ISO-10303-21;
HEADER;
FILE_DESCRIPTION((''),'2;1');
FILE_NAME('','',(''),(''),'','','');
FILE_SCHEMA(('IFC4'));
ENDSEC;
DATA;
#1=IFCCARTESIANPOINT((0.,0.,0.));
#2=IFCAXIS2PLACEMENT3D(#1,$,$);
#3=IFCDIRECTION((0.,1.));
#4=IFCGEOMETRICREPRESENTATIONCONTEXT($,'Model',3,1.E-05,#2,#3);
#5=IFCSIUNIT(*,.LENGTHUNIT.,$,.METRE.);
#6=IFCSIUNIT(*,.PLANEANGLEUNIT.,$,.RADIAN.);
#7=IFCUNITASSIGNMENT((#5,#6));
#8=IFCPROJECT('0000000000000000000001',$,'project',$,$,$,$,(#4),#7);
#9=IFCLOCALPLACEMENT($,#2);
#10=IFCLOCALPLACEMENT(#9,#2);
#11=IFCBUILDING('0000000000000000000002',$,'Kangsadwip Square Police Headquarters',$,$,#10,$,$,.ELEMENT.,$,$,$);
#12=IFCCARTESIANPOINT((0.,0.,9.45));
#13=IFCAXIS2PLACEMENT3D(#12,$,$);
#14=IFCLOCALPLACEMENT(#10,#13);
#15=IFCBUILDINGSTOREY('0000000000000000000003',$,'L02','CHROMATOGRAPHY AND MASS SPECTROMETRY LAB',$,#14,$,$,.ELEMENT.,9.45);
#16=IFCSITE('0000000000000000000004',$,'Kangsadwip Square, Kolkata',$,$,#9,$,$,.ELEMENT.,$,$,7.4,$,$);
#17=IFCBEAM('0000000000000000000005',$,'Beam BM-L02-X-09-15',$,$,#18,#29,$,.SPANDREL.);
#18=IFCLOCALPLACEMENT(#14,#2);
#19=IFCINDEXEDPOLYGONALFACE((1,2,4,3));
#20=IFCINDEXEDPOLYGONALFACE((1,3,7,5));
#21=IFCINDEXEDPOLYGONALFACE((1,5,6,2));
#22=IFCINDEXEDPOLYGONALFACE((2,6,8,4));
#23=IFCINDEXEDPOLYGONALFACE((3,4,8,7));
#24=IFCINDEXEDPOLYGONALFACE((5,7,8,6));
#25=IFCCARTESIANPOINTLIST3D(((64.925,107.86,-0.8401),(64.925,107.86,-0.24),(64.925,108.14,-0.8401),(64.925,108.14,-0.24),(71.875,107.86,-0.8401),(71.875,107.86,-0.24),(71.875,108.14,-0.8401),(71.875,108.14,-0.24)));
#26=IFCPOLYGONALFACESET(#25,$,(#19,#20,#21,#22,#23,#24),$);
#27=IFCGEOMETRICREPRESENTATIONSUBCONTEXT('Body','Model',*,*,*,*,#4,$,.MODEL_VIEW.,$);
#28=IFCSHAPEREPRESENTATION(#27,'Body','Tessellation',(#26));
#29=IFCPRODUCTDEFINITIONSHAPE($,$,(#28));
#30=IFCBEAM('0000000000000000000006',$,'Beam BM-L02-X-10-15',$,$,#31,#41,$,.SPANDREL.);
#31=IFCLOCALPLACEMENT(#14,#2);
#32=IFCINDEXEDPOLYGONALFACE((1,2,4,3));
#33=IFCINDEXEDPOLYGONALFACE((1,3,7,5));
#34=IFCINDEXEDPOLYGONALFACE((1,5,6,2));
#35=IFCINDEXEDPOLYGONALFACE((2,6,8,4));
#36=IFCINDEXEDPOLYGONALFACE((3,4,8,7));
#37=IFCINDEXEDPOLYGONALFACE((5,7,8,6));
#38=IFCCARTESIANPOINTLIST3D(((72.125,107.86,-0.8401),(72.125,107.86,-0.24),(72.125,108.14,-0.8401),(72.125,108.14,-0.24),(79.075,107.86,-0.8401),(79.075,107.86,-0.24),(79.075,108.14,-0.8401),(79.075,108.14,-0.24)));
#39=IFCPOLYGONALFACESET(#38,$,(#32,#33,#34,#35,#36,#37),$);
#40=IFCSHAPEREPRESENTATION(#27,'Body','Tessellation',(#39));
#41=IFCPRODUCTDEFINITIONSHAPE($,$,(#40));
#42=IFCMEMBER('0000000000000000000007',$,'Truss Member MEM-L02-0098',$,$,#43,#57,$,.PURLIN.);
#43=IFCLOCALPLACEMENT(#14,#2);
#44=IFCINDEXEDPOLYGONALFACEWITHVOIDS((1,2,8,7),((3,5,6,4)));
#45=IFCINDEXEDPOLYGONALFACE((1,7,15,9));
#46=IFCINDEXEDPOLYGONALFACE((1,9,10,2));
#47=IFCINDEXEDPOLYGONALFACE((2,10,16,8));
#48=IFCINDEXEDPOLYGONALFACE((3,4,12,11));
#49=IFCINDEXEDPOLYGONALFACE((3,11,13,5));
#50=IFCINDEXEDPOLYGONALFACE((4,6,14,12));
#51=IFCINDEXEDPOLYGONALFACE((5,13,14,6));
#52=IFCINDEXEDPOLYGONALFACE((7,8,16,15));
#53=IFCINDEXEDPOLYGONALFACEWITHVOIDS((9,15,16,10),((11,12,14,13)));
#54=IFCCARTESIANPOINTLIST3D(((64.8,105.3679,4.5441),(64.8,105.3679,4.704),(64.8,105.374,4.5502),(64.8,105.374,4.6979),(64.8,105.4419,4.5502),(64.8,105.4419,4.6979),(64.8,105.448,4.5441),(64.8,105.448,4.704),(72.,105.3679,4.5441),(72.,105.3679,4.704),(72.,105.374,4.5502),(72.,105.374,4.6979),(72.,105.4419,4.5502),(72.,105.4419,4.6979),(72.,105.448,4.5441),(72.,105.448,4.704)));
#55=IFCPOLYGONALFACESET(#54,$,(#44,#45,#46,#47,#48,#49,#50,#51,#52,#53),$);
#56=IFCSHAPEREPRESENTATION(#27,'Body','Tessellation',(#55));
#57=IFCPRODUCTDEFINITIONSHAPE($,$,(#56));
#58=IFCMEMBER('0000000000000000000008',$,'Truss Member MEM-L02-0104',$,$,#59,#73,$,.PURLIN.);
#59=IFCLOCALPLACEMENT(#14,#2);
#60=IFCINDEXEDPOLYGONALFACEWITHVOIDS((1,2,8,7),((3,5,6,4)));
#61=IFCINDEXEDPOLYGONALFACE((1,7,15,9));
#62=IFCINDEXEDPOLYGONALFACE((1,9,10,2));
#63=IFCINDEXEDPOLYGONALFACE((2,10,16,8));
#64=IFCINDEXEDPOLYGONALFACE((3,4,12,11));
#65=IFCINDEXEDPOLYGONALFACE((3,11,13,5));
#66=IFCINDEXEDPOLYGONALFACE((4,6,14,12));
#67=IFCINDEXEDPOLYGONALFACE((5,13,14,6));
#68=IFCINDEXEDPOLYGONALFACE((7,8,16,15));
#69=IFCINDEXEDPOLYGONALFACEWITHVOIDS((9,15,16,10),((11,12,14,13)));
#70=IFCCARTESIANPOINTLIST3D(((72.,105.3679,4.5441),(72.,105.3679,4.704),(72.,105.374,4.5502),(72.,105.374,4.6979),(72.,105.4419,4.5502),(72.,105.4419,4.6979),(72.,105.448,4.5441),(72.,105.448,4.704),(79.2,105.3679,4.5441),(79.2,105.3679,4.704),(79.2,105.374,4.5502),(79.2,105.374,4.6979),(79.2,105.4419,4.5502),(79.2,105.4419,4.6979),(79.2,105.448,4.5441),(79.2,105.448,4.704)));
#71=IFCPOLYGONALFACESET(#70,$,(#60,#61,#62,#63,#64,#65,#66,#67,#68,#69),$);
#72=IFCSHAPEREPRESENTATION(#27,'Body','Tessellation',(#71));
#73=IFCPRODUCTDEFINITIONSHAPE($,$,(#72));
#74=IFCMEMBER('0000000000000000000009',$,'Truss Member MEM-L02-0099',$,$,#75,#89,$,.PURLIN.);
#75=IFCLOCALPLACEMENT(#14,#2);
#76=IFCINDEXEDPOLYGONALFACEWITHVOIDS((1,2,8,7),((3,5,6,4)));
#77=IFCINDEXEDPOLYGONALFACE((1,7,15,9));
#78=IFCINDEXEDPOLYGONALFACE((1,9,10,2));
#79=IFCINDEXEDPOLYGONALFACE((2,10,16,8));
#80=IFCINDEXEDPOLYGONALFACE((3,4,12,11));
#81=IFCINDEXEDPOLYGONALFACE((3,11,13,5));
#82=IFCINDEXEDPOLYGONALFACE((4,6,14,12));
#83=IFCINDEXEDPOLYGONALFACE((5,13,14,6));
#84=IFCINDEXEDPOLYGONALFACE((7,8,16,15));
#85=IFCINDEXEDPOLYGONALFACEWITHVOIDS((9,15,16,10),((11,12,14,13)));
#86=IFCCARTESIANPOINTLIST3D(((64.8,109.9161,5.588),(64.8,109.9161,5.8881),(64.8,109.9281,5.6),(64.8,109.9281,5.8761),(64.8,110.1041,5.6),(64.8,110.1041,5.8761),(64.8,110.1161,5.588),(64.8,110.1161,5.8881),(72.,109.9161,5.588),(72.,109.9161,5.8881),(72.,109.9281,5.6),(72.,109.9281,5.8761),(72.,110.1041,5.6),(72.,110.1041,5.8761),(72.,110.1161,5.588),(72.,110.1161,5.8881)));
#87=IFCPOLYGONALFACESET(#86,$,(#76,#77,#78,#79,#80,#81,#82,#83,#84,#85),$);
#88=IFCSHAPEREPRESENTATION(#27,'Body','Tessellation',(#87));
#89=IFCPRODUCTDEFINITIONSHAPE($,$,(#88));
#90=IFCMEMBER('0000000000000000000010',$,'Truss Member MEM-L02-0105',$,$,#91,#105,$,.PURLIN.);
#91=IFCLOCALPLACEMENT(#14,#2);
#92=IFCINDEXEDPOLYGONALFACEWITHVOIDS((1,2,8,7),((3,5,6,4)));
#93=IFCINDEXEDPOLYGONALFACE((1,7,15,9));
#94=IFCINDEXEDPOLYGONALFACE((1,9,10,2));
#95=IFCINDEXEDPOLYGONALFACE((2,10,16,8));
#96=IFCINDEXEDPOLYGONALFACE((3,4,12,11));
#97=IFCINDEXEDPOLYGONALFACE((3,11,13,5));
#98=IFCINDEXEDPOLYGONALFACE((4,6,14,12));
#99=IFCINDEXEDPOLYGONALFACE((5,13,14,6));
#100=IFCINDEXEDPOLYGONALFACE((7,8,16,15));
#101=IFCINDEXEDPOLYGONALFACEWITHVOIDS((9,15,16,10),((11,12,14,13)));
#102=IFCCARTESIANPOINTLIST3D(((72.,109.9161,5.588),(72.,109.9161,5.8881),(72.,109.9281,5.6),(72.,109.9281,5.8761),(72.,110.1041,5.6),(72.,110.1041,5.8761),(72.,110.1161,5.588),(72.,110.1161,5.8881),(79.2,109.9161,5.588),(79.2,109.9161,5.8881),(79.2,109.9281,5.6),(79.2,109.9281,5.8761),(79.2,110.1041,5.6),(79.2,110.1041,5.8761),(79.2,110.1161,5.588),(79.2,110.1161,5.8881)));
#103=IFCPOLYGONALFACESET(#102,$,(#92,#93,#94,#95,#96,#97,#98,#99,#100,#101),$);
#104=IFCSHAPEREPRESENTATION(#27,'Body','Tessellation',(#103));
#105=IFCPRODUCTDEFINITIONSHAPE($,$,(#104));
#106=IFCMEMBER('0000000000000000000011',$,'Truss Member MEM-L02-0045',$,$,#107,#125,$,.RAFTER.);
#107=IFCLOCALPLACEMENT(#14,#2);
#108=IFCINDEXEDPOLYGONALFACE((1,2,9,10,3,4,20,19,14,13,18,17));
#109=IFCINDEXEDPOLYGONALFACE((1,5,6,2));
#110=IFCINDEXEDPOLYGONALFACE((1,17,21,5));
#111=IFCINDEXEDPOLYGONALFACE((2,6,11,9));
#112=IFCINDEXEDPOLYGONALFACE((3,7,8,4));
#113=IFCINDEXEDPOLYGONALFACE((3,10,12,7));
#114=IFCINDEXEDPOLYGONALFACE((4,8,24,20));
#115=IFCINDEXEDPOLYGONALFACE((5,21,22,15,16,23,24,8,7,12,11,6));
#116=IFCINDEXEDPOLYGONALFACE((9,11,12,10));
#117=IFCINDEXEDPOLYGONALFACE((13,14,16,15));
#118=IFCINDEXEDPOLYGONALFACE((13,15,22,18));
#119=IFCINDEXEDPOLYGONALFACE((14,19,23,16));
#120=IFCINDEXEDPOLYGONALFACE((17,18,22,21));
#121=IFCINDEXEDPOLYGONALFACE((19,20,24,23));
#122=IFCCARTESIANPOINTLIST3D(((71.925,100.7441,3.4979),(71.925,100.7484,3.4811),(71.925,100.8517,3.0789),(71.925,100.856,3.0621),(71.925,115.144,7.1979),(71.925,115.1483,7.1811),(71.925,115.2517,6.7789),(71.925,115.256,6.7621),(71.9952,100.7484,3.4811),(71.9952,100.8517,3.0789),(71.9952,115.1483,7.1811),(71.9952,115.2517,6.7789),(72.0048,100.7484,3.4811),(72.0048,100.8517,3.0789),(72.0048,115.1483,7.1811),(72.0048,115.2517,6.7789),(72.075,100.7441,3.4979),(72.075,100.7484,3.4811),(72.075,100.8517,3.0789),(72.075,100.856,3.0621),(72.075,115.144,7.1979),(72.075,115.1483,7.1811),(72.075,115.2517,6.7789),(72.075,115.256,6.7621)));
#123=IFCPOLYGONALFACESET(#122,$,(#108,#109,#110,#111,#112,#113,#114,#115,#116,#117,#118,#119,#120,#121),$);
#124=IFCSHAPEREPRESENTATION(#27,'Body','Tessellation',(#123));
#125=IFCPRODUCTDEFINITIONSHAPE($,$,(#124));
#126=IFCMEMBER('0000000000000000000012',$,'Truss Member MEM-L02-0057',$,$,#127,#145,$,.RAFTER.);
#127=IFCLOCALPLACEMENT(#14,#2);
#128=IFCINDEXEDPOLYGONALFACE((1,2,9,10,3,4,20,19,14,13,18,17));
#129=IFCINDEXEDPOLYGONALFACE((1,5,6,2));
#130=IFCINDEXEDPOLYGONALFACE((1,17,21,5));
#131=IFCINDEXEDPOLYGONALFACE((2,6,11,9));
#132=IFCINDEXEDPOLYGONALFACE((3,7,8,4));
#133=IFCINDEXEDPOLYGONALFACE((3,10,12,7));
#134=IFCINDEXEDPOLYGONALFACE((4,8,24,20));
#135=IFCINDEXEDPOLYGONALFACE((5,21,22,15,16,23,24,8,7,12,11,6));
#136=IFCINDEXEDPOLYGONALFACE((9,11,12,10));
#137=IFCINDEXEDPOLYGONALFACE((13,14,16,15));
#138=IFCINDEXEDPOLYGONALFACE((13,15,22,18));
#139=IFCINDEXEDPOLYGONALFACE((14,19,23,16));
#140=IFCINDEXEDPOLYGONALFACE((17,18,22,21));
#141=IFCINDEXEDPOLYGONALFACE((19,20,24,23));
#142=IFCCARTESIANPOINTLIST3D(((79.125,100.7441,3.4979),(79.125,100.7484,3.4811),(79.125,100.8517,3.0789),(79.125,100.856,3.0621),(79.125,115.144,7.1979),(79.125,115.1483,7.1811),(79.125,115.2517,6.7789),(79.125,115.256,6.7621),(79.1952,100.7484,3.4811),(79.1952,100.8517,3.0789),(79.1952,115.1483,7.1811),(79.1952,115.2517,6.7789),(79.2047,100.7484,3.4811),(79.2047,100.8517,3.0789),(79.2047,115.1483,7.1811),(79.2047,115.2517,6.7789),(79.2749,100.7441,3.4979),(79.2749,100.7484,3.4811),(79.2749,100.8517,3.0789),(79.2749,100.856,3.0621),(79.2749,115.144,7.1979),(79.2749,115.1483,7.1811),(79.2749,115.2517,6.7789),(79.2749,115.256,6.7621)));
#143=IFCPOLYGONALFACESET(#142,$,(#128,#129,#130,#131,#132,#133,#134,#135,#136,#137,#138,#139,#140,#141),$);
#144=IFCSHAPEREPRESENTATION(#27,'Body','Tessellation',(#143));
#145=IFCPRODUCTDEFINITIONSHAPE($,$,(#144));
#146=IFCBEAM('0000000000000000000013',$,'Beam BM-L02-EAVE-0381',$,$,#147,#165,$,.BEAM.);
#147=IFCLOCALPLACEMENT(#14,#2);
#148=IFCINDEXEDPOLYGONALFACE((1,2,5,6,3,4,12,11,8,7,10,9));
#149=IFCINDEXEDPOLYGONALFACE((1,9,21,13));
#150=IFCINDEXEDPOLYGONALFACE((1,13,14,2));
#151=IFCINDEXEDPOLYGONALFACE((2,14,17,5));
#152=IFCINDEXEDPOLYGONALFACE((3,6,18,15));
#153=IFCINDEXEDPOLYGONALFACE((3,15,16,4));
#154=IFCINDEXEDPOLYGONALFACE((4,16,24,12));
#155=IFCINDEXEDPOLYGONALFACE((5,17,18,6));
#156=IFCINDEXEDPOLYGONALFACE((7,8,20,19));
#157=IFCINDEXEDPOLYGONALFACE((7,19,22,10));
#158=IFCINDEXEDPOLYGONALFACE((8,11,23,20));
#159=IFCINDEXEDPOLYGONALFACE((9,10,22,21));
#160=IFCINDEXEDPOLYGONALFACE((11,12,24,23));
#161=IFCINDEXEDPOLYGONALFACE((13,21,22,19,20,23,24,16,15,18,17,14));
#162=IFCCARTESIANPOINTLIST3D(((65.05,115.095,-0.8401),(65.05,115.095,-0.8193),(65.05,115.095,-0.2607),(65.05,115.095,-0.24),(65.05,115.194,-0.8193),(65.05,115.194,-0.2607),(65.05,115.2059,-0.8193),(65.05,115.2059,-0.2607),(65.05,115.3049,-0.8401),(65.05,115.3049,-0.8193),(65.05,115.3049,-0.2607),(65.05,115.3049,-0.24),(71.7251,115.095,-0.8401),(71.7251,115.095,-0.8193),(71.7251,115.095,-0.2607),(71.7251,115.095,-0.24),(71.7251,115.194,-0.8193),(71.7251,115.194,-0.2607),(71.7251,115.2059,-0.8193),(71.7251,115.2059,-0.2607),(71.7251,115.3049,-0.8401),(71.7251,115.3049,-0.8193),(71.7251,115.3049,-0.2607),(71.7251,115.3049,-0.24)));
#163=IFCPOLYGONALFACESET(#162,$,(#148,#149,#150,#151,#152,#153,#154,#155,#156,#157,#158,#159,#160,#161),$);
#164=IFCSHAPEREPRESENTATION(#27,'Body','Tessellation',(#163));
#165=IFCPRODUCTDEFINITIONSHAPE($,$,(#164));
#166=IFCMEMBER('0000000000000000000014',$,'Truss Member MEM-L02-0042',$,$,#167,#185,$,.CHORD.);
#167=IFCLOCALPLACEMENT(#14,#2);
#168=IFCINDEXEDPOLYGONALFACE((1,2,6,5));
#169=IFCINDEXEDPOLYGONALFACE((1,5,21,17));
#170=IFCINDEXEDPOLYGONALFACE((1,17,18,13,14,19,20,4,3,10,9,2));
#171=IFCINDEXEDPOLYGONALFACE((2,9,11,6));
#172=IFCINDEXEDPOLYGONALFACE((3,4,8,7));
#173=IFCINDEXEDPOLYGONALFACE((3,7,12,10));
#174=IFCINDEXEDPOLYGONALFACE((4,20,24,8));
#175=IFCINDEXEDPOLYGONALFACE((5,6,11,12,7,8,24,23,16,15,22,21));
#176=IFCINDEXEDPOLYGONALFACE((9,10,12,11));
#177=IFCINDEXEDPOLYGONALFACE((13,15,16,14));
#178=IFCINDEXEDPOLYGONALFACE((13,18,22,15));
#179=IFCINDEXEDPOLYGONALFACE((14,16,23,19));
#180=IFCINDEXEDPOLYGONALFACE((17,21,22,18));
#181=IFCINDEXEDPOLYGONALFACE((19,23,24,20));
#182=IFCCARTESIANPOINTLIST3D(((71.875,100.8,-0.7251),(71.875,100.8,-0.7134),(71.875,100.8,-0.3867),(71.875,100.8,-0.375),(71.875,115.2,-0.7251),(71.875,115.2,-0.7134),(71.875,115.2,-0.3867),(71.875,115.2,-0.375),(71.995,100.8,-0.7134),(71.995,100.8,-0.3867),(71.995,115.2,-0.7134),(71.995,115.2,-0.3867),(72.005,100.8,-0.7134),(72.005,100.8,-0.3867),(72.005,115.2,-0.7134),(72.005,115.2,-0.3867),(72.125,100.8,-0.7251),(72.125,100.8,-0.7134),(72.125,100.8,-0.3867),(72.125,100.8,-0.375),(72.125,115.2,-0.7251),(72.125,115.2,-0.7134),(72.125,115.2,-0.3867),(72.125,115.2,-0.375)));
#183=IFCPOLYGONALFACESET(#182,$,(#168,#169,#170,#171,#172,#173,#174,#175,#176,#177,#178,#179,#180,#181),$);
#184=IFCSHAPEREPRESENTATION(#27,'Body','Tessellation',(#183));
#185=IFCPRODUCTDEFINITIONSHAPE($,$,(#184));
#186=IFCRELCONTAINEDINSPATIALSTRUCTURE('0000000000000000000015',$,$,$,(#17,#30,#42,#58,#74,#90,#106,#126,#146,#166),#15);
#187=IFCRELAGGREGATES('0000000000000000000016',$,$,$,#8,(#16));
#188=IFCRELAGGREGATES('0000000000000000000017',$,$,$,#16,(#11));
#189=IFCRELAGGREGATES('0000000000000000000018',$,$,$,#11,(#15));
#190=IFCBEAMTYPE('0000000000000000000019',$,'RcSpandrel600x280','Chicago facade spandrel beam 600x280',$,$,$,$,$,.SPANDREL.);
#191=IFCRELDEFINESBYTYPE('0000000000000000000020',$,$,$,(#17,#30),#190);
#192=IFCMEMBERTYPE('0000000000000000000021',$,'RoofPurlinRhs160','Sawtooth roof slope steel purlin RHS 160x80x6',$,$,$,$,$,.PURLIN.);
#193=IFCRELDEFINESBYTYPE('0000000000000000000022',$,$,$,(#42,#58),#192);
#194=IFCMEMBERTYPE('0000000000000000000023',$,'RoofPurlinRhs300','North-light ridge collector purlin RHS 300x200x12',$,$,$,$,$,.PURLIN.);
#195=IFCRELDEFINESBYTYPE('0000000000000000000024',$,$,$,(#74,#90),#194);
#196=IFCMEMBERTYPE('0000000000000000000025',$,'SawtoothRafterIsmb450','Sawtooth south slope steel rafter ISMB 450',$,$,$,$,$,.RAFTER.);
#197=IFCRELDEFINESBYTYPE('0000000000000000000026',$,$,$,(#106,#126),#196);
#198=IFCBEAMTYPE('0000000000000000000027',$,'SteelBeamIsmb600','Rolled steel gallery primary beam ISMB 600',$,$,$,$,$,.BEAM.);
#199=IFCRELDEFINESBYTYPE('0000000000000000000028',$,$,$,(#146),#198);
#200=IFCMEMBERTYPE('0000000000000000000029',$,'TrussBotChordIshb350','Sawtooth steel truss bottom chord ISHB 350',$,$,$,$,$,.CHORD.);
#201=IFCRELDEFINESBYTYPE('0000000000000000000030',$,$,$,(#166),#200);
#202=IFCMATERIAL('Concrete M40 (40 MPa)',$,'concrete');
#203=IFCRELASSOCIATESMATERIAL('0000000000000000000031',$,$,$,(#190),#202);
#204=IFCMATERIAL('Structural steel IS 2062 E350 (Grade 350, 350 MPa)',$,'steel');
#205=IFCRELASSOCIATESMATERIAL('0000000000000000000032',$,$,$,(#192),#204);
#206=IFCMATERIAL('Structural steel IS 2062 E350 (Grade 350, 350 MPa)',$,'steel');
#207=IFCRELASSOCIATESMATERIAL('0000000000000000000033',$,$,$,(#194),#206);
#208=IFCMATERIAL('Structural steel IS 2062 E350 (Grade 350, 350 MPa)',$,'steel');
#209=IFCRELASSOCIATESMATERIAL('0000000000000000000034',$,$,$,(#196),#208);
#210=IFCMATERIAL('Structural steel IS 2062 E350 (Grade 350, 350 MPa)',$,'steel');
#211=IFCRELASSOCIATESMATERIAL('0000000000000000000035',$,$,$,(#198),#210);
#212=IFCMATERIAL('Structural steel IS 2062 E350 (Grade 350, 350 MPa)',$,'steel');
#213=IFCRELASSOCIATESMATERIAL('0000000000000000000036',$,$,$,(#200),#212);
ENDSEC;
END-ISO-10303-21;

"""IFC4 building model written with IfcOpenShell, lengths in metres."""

from ifc_helpers import new_model, si_unit, direction, frame, origin, origin_2d, place, context, subcontext, project, spatial, rectangle, hollow_rectangle, i_section, extrude, material, material_profile, profile_set, type_object, element, save


model = new_model("IFC4")

# Units and contexts
model_context = context("Model", 3, precision=1e-05, world=origin(), true_north=direction((0.0, 1.0)))
body_context = subcontext(model_context, "Body", "Model", "MODEL_VIEW")
ifc_project = project(units=[si_unit("LENGTHUNIT", "METRE"), si_unit("PLANEANGLEUNIT", "RADIAN")], contexts=[model_context])

# Site, building, storey
site_placement = place(None, origin())
site = spatial("IfcSite", under=ifc_project, at=site_placement, Name="Kangsadwip Square, Kolkata", CompositionType="ELEMENT", RefElevation=7.4)
building_placement = place(site_placement, origin())
building = spatial("IfcBuilding", under=site, at=building_placement, Name="Kangsadwip Square Police Headquarters", CompositionType="ELEMENT")
storey_placement = place(building_placement, frame((0.0, 0.0, 9.45)))
storey = spatial("IfcBuildingStorey", under=building, at=storey_placement, Name="L02", Description="CHROMATOGRAPHY AND MASS SPECTROMETRY LAB", CompositionType="ELEMENT", Elevation=9.45)

# Beams
ifc_material_1 = material(Name="Concrete M40 (40 MPa)", Category="concrete")
ifc_material_profile_1 = material_profile(ifc_material_1, rectangle(XDim=0.28, YDim=0.6001, at=origin_2d()), Name="RC SPN 600X280")
ifc_profile_set_1 = profile_set([ifc_material_profile_1], Name="Concrete M40 (40 MPa)")
beam_type_1 = type_object("IfcBeamType", Name="RcSpandrel600x280", Description="Chicago facade spandrel beam 600x280", PredefinedType="SPANDREL", material=ifc_profile_set_1)
for number, where, z_axis, x_axis, name in (
    (1, (64.925, 108.0, -0.54), (1.0, 0.0, 0.0), (0.0, 1.0, 0.0), "Beam BM-L02-X-09-15"),
    (2, (72.125, 108.0, -0.54), (1.0, 0.0, 0.0), (0.0, 1.0, 0.0), "Beam BM-L02-X-10-15"),
):
    element("IfcBeam", number, at=place(storey_placement, frame(where, z_axis=z_axis, x_axis=x_axis)), inside=storey, type_object=beam_type_1, Name=name, PredefinedType="SPANDREL", context=body_context, shape_type="SweptSolid", body=[
        extrude(rectangle(XDim=0.28, YDim=0.6001, at=origin_2d()), origin(), (0.0, 0.0, 1.0), 6.95),
    ])

# Members
ifc_material_2 = material(Name="Structural steel IS 2062 E350 (Grade 350, 350 MPa)", Category="steel")
ifc_material_profile_2 = material_profile(ifc_material_2, hollow_rectangle(XDim=0.0801, YDim=0.1599, WallThickness=0.0061, at=origin_2d()), Name="RHS 160X80X6")
ifc_profile_set_2 = profile_set([ifc_material_profile_2], Name="Structural steel IS 2062 E350 (Grade 350, 350 MPa)")
member_type_1 = type_object("IfcMemberType", Name="RoofPurlinRhs160", Description="Sawtooth roof slope steel purlin RHS 160x80x6", PredefinedType="PURLIN", material=ifc_profile_set_2)
for number, where, z_axis, x_axis, name in (
    (3, (64.8, 105.408, 4.624), (1.0, 0.0, 0.0), (0.0, 1.0, 0.0), "Truss Member MEM-L02-0098"),
    (4, (72.0, 105.408, 4.624), (1.0, 0.0, 0.0), (0.0, 1.0, 0.0), "Truss Member MEM-L02-0104"),
):
    element("IfcMember", number, at=place(storey_placement, frame(where, z_axis=z_axis, x_axis=x_axis)), inside=storey, type_object=member_type_1, Name=name, PredefinedType="PURLIN", context=body_context, shape_type="SweptSolid", body=[
        extrude(hollow_rectangle(XDim=0.0801, YDim=0.1599, WallThickness=0.0061, at=origin_2d()), origin(), (0.0, 0.0, 1.0), 7.2),
    ])
ifc_material_3 = material(Name="Structural steel IS 2062 E350 (Grade 350, 350 MPa)", Category="steel")
ifc_material_profile_3 = material_profile(ifc_material_3, hollow_rectangle(XDim=0.2, YDim=0.3, WallThickness=0.012, at=origin_2d()), Name="RHS 300X200X12")
ifc_profile_set_3 = profile_set([ifc_material_profile_3], Name="Structural steel IS 2062 E350 (Grade 350, 350 MPa)")
member_type_2 = type_object("IfcMemberType", Name="RoofPurlinRhs300", Description="North-light ridge collector purlin RHS 300x200x12", PredefinedType="PURLIN", material=ifc_profile_set_3)
for number, where, z_axis, x_axis, name in (
    (5, (64.8, 110.0161, 5.738), (1.0, 0.0, 0.0), (0.0, 1.0, 0.0), "Truss Member MEM-L02-0099"),
    (6, (72.0, 110.0161, 5.738), (1.0, 0.0, 0.0), (0.0, 1.0, 0.0), "Truss Member MEM-L02-0105"),
):
    element("IfcMember", number, at=place(storey_placement, frame(where, z_axis=z_axis, x_axis=x_axis)), inside=storey, type_object=member_type_2, Name=name, PredefinedType="PURLIN", context=body_context, shape_type="SweptSolid", body=[
        extrude(hollow_rectangle(XDim=0.2, YDim=0.3, WallThickness=0.012, at=origin_2d()), origin(), (0.0, 0.0, 1.0), 7.2),
    ])
ifc_material_4 = material(Name="Structural steel IS 2062 E350 (Grade 350, 350 MPa)", Category="steel")
ifc_material_profile_4 = material_profile(ifc_material_4, i_section(OverallWidth=0.1499, OverallDepth=0.45, WebThickness=0.0095, FlangeThickness=0.0173, at=origin_2d()), Name="ISMB 450")
ifc_profile_set_4 = profile_set([ifc_material_profile_4], Name="Structural steel IS 2062 E350 (Grade 350, 350 MPa)")
member_type_3 = type_object("IfcMemberType", Name="SawtoothRafterIsmb450", Description="Sawtooth south slope steel rafter ISMB 450", PredefinedType="RAFTER", material=ifc_profile_set_4)
for number, where, z_axis, x_axis, name in (
    (7, (72.0, 100.8, 3.28), (0.0, 0.96854, 0.248859), (-1.0, 0.0, 0.0), "Truss Member MEM-L02-0045"),
    (8, (79.2, 100.8, 3.28), (0.0, 0.96854, 0.248859), (-1.0, 0.0, 0.0), "Truss Member MEM-L02-0057"),
):
    element("IfcMember", number, at=place(storey_placement, frame(where, z_axis=z_axis, x_axis=x_axis)), inside=storey, type_object=member_type_3, Name=name, PredefinedType="RAFTER", context=body_context, shape_type="SweptSolid", body=[
        extrude(i_section(OverallWidth=0.1499, OverallDepth=0.45, WebThickness=0.0095, FlangeThickness=0.0173, at=origin_2d()), origin(), (0.0, 0.0, 1.0), 14.8677),
    ])

# Beam
ifc_material_5 = material(Name="Structural steel IS 2062 E350 (Grade 350, 350 MPa)", Category="steel")
ifc_material_profile_5 = material_profile(ifc_material_5, i_section(OverallWidth=0.21, OverallDepth=0.6001, WebThickness=0.012, FlangeThickness=0.0208, at=origin_2d()), Name="ISMB 600")
ifc_profile_set_5 = profile_set([ifc_material_profile_5], Name="Structural steel IS 2062 E350 (Grade 350, 350 MPa)")
beam_type_2 = type_object("IfcBeamType", Name="SteelBeamIsmb600", Description="Rolled steel gallery primary beam ISMB 600", PredefinedType="BEAM", material=ifc_profile_set_5)
beam_placement = place(storey_placement, frame((65.05, 115.2, -0.54), z_axis=(1.0, 0.0, 0.0), x_axis=(0.0, 1.0, 0.0)))
element("IfcBeam", 9, at=beam_placement, inside=storey, type_object=beam_type_2, Name="Beam BM-L02-EAVE-0381", PredefinedType="BEAM", context=body_context, shape_type="SweptSolid", body=[
    extrude(i_section(OverallWidth=0.21, OverallDepth=0.6001, WebThickness=0.012, FlangeThickness=0.0208, at=origin_2d()), origin(), (0.0, 0.0, 1.0), 6.675),
])

# Member
ifc_material_6 = material(Name="Structural steel IS 2062 E350 (Grade 350, 350 MPa)", Category="steel")
ifc_material_profile_6 = material_profile(ifc_material_6, i_section(OverallWidth=0.25, OverallDepth=0.3501, WebThickness=0.01, FlangeThickness=0.0117, at=origin_2d()), Name="ISHB 350")
ifc_profile_set_6 = profile_set([ifc_material_profile_6], Name="Structural steel IS 2062 E350 (Grade 350, 350 MPa)")
member_type_4 = type_object("IfcMemberType", Name="TrussBotChordIshb350", Description="Sawtooth steel truss bottom chord ISHB 350", PredefinedType="CHORD", material=ifc_profile_set_6)
for number, where, z_axis, x_axis, name in (
    (10, (72.0, 100.8, -0.55), (0.0, 1.0, 0.0), (-1.0, 0.0, 0.0), "Truss Member MEM-L02-0042"),
):
    element("IfcMember", number, at=place(storey_placement, frame(where, z_axis=z_axis, x_axis=x_axis)), inside=storey, type_object=member_type_4, Name=name, PredefinedType="CHORD", context=body_context, shape_type="SweptSolid", body=[
        extrude(i_section(OverallWidth=0.25, OverallDepth=0.3501, WebThickness=0.01, FlangeThickness=0.0117, at=origin_2d()), origin(), (0.0, 0.0, 1.0), 14.3999),
    ])

save(model, "model.ifc")
